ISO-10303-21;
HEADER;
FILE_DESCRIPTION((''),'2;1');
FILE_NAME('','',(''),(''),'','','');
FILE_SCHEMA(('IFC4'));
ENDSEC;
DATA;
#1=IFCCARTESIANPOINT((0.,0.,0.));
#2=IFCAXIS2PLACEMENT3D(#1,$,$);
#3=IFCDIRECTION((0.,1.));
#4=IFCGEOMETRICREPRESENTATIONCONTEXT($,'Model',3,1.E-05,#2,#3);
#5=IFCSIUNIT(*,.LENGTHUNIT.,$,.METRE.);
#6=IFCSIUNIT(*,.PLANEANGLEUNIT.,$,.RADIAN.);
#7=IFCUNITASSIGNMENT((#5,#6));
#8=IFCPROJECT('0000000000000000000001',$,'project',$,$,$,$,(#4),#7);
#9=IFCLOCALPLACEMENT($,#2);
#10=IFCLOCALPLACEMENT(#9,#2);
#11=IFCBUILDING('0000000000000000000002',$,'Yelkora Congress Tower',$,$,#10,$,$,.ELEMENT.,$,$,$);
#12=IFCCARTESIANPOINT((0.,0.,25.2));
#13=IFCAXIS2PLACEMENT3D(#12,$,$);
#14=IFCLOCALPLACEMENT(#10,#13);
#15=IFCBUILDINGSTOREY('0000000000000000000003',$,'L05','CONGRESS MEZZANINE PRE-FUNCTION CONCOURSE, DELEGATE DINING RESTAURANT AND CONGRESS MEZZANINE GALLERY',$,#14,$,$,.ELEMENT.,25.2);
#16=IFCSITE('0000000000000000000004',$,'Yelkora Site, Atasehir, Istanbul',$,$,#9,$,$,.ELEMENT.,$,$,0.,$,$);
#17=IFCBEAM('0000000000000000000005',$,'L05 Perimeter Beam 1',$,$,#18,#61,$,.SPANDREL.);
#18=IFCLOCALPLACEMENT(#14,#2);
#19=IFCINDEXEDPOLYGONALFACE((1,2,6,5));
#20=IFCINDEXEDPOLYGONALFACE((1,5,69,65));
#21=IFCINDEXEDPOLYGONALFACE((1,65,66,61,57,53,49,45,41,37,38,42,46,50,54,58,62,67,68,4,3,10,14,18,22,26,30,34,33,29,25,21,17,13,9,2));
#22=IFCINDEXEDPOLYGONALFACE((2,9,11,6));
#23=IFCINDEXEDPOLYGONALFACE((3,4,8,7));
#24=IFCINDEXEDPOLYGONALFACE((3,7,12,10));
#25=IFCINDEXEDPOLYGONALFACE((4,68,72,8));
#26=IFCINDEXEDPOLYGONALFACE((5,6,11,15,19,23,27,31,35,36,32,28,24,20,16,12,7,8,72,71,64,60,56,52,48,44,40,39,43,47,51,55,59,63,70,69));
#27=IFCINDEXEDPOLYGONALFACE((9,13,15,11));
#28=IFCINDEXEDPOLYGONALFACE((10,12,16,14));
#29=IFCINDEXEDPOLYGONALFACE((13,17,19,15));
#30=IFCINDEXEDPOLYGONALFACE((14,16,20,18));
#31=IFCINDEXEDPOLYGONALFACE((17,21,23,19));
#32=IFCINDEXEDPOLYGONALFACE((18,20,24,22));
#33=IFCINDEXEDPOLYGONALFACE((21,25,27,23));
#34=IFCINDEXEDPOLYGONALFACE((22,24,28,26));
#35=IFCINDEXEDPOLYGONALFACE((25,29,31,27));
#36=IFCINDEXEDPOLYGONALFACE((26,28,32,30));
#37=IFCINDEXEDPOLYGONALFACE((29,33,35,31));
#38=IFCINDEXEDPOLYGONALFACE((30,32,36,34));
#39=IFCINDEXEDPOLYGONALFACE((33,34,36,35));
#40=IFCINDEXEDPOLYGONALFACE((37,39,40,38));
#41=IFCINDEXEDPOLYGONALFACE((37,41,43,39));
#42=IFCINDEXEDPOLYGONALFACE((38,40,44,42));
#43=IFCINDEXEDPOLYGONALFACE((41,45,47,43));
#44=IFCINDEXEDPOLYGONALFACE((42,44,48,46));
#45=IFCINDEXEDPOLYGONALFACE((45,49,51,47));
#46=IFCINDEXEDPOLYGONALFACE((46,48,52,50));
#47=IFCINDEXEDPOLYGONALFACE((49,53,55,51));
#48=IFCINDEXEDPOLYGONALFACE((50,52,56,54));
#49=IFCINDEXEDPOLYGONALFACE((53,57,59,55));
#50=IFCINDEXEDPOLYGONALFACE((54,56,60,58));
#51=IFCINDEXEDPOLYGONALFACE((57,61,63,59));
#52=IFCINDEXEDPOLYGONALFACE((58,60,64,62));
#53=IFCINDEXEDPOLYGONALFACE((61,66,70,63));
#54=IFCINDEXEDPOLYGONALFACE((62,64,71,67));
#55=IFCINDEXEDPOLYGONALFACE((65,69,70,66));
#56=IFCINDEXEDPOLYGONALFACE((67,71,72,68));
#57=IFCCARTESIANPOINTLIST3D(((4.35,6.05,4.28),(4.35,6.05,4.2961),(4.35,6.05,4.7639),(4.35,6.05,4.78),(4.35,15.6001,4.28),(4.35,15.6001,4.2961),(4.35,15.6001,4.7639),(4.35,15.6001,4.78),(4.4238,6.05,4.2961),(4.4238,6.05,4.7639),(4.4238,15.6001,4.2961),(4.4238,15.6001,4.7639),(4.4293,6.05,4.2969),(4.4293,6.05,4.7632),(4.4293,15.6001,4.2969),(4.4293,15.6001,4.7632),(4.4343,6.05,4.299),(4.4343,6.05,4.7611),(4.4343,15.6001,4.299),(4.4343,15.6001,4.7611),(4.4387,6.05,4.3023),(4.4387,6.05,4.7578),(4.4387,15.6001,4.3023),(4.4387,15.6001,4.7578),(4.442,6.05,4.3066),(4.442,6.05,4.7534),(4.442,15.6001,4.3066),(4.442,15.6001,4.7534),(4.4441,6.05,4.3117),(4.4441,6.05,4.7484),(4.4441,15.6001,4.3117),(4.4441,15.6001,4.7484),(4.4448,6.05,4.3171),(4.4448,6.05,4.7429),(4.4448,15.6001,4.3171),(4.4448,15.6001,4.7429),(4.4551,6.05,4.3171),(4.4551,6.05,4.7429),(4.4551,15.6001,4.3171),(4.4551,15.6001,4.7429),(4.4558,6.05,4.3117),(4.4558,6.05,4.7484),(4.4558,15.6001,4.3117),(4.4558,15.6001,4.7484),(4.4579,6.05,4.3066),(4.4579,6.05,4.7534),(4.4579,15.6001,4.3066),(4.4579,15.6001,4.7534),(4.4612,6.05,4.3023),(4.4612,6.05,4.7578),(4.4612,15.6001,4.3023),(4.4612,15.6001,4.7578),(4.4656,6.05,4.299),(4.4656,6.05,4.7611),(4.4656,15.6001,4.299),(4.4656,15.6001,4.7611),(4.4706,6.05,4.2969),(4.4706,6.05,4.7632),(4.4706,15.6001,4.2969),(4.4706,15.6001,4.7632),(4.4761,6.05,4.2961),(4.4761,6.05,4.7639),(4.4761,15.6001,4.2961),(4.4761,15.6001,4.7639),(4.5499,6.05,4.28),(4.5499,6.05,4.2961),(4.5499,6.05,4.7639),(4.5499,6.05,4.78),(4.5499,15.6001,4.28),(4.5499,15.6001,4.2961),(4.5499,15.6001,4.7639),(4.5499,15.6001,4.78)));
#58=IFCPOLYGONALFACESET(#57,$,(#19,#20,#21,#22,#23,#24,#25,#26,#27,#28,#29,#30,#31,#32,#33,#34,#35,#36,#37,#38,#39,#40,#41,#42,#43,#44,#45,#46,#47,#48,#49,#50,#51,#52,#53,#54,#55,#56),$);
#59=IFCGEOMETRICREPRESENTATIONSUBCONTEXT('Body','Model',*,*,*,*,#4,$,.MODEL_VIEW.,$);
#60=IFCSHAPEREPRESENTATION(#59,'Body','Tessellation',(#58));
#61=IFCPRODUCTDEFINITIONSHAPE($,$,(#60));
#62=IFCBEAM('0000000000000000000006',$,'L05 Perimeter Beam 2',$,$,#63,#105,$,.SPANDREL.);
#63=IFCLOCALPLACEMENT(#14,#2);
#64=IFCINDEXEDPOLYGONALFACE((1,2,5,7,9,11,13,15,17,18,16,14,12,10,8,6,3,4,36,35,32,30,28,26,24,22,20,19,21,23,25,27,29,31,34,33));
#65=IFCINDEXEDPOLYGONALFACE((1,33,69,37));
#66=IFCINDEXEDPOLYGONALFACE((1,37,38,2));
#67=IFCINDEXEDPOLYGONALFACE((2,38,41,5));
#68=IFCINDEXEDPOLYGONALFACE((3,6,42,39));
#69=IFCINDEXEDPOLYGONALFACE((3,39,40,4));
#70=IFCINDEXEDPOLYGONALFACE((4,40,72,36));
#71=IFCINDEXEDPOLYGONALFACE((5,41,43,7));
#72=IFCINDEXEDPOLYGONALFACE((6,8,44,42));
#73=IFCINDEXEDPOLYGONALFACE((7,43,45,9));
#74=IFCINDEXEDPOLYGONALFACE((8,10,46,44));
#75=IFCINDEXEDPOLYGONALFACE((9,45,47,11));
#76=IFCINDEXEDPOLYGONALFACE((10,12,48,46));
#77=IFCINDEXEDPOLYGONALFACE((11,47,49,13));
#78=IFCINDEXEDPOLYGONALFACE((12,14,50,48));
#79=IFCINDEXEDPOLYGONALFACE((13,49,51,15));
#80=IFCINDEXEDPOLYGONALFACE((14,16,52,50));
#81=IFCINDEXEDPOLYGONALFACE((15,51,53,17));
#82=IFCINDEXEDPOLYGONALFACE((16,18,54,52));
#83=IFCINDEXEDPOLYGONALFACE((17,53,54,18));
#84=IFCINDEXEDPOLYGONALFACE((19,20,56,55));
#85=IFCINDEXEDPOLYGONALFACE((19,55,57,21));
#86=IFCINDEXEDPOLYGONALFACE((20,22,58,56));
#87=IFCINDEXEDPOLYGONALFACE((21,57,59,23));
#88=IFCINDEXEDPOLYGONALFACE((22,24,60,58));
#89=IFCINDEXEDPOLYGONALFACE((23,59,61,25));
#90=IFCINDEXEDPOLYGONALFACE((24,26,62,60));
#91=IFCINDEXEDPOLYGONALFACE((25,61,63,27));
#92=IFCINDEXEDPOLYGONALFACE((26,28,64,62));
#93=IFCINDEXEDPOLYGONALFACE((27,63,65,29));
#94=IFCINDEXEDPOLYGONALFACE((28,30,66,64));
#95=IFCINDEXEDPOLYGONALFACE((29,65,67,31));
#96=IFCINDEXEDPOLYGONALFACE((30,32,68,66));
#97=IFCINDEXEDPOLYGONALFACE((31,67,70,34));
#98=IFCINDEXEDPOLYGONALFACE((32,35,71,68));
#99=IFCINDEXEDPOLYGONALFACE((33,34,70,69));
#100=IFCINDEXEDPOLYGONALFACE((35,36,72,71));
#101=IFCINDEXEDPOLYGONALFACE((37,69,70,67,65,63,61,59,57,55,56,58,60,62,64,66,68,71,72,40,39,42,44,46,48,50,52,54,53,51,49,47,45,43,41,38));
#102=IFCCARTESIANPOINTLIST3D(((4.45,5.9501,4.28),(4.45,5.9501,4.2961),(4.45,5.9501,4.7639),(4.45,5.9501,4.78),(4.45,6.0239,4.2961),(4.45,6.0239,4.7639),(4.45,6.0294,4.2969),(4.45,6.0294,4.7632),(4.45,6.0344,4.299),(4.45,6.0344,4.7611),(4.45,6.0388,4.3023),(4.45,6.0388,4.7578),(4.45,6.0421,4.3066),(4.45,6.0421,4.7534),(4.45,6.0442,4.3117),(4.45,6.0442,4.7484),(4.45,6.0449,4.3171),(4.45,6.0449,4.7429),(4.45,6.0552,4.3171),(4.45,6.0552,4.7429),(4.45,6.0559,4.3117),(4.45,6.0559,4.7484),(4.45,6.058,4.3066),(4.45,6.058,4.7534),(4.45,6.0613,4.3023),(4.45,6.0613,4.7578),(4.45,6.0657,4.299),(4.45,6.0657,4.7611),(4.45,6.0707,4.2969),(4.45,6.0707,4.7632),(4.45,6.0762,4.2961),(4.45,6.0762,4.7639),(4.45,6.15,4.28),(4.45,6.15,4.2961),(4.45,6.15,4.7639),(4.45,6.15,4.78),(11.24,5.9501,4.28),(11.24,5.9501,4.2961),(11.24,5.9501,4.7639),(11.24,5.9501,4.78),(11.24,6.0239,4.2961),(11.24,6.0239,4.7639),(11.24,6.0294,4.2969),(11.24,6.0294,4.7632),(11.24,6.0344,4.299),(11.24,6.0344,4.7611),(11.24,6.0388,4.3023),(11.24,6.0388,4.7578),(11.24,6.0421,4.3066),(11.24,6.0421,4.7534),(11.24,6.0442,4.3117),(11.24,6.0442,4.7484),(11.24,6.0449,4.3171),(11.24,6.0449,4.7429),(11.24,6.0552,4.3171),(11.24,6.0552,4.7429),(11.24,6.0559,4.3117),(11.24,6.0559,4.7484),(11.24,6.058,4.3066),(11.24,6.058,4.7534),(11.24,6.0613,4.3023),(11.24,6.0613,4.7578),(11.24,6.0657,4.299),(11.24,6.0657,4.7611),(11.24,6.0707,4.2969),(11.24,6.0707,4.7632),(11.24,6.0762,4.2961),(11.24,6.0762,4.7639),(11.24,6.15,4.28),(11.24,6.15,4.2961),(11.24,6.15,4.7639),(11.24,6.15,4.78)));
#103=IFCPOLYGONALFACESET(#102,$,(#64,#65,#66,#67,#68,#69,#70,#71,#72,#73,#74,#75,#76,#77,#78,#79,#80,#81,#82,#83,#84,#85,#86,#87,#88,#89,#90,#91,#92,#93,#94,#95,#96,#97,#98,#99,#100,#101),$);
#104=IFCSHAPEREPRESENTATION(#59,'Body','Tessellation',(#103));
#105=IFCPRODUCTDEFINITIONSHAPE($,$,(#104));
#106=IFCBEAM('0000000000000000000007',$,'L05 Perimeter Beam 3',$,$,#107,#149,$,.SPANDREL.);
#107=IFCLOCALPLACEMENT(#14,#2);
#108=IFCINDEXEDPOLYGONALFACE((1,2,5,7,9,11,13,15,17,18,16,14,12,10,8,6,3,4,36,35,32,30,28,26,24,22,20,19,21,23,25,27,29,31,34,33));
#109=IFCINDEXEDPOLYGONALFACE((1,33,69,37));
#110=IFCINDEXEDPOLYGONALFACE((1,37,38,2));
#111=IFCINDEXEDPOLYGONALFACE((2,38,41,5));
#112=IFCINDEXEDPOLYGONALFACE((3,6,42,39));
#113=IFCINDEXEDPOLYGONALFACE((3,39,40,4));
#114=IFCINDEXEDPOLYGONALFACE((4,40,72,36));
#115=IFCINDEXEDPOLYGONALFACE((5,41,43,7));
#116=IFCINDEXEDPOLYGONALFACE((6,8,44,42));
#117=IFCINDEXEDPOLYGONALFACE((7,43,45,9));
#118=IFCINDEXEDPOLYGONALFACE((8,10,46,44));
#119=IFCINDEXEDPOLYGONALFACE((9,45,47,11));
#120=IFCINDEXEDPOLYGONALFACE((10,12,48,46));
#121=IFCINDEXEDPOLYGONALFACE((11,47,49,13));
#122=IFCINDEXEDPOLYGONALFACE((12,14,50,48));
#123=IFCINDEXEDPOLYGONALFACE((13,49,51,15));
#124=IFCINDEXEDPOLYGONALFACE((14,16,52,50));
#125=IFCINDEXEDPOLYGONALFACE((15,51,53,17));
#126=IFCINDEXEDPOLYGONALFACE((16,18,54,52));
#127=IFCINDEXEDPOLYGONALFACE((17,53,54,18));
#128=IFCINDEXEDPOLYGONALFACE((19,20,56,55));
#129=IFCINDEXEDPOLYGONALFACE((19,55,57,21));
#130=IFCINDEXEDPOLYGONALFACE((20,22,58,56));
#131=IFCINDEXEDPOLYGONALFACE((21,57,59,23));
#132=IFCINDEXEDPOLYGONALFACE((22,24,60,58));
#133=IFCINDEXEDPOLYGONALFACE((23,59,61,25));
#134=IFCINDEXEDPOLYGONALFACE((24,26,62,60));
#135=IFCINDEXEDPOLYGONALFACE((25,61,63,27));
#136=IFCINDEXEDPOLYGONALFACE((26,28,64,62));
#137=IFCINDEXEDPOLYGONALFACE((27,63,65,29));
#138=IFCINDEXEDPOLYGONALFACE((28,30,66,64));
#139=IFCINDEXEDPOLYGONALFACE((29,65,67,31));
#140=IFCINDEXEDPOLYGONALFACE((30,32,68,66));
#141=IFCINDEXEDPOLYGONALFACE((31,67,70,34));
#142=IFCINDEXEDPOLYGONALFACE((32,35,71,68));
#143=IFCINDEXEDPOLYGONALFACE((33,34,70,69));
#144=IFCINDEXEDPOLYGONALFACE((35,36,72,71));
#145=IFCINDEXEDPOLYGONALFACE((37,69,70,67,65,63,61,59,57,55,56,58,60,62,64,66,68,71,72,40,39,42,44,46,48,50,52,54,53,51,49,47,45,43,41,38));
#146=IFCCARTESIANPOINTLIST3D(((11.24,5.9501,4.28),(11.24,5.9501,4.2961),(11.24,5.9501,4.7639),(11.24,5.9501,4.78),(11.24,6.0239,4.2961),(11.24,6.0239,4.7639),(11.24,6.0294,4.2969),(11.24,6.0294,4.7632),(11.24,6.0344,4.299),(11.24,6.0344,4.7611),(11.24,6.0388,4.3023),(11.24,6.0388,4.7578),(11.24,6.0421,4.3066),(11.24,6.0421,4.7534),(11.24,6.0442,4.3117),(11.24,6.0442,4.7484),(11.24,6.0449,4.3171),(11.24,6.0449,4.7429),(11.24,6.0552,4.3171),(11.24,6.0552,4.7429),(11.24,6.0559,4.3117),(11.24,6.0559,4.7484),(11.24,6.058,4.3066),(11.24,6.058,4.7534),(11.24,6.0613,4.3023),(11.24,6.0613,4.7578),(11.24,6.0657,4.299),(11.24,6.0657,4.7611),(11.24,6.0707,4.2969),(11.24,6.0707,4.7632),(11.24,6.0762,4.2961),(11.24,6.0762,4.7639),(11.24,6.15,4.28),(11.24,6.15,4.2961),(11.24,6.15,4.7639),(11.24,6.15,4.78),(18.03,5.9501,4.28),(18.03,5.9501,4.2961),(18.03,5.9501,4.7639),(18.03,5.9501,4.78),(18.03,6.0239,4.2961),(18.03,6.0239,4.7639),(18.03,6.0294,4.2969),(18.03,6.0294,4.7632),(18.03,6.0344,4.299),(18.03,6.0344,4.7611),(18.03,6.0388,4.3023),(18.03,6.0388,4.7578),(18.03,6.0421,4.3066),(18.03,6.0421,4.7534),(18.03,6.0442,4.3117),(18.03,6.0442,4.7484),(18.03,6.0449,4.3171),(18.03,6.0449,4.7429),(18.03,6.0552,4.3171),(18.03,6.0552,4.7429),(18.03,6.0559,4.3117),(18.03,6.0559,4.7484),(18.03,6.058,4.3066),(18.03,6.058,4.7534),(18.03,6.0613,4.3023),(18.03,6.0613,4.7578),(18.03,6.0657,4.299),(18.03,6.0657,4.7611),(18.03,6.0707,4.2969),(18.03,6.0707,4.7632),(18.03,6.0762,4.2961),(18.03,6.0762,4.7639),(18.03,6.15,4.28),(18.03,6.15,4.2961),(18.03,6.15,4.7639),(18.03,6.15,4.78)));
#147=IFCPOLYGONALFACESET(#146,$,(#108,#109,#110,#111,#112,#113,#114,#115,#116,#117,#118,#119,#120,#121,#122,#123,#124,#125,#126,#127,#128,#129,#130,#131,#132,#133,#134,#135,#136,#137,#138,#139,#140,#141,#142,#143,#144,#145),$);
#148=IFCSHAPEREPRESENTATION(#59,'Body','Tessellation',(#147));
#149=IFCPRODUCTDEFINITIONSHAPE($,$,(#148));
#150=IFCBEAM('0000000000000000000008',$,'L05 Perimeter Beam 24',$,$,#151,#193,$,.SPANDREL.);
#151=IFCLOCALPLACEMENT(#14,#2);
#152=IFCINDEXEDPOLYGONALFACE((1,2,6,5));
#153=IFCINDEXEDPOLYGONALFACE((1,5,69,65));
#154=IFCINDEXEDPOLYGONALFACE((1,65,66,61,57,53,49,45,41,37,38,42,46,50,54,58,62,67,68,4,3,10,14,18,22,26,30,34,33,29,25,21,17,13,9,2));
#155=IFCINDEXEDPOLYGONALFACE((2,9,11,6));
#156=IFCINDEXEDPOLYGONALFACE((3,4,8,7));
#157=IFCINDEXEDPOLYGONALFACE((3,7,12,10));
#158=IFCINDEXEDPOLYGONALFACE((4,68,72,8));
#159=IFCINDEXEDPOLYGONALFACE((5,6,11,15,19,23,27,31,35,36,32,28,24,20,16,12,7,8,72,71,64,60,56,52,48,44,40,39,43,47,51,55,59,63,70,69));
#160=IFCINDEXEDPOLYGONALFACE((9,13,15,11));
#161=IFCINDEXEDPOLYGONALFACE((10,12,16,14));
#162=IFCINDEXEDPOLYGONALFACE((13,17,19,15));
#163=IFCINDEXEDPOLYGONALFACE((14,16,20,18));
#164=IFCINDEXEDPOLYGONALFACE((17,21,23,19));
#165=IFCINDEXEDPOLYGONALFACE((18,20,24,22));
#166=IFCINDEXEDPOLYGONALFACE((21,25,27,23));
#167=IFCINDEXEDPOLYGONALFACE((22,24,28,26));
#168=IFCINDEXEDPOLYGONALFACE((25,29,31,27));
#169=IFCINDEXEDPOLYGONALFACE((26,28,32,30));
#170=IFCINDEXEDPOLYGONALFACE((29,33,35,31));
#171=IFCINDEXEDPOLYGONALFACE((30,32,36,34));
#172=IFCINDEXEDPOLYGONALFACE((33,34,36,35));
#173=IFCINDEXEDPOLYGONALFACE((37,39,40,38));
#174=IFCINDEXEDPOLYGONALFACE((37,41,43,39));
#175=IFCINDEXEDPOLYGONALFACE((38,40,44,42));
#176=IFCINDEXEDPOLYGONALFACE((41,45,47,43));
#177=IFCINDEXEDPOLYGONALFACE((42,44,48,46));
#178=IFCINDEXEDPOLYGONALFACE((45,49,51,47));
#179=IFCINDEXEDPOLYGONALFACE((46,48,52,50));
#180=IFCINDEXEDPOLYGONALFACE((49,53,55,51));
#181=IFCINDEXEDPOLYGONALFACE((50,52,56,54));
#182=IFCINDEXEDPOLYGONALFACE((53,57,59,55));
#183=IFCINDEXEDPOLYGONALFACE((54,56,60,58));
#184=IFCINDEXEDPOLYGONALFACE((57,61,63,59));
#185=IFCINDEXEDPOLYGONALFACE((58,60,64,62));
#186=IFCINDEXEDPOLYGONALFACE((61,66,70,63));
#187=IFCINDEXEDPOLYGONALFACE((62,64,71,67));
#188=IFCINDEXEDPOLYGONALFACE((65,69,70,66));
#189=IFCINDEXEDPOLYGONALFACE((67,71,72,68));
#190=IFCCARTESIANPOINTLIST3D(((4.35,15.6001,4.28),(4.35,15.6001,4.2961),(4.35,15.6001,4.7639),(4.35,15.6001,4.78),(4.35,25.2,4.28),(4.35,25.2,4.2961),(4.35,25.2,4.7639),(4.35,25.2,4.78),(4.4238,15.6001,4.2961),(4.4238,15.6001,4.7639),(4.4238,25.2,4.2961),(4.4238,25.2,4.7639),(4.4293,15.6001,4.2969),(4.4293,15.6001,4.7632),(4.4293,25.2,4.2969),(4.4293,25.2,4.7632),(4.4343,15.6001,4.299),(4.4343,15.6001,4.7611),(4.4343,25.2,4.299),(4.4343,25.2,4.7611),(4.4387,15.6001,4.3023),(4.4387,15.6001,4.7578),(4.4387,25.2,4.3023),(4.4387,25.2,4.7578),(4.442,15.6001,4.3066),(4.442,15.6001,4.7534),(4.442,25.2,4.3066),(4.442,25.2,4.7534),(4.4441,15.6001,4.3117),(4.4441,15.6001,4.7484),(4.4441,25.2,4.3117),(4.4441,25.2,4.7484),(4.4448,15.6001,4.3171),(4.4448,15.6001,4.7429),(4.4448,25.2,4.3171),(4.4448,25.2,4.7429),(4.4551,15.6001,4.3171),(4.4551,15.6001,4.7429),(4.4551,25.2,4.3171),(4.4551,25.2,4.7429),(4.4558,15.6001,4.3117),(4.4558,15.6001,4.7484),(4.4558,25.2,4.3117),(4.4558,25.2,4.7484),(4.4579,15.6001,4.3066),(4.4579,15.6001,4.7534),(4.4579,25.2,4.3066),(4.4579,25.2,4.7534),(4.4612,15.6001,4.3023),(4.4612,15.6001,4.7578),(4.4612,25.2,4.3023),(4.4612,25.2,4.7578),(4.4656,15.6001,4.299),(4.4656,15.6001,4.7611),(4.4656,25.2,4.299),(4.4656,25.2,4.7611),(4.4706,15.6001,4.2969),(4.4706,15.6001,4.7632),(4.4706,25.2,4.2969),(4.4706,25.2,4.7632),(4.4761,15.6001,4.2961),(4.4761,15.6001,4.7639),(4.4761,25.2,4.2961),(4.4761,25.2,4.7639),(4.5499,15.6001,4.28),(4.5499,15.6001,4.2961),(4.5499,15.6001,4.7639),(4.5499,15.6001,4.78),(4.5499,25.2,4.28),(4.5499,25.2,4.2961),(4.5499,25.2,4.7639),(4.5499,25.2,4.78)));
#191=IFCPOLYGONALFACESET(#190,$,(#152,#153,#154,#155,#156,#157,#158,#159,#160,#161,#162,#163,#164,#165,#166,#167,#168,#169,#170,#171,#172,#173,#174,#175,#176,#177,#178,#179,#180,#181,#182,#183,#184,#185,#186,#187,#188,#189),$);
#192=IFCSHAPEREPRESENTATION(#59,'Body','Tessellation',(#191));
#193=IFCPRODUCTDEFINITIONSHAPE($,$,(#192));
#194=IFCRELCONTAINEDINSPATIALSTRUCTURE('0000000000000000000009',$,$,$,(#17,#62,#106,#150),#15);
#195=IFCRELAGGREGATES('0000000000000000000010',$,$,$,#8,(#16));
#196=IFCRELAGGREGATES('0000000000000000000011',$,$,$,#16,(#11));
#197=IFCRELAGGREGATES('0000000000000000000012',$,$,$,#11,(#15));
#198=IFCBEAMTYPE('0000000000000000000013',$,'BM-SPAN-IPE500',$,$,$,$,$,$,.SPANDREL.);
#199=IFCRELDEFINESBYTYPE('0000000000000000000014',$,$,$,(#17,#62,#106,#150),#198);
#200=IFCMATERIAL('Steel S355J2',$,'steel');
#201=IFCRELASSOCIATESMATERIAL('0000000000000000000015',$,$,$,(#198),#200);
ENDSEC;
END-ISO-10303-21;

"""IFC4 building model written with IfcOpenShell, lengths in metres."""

from ifc_helpers import new_model, si_unit, direction, frame, origin, origin_2d, place, context, subcontext, project, spatial, i_section, extrude, material, material_profile, profile_set, type_object, element, save


model = new_model("IFC4")

# Units and contexts
model_context = context("Model", 3, precision=1e-05, world=origin(), true_north=direction((0.0, 1.0)))
body_context = subcontext(model_context, "Body", "Model", "MODEL_VIEW")
ifc_project = project(units=[si_unit("LENGTHUNIT", "METRE"), si_unit("PLANEANGLEUNIT", "RADIAN")], contexts=[model_context])

# Site, building, storey
site_placement = place(None, origin())
site = spatial("IfcSite", under=ifc_project, at=site_placement, Name="Yelkora Site, Atasehir, Istanbul", CompositionType="ELEMENT", RefElevation=0.0)
building_placement = place(site_placement, origin())
building = spatial("IfcBuilding", under=site, at=building_placement, Name="Yelkora Congress Tower", CompositionType="ELEMENT")
storey_placement = place(building_placement, frame((0.0, 0.0, 25.2)))
storey = spatial("IfcBuildingStorey", under=building, at=storey_placement, Name="L05", Description="CONGRESS MEZZANINE PRE-FUNCTION CONCOURSE, DELEGATE DINING RESTAURANT AND CONGRESS MEZZANINE GALLERY", CompositionType="ELEMENT", Elevation=25.2)

# Beams
ifc_material_1 = material(Name="Steel S355J2", Category="steel")
ifc_material_profile_1 = material_profile(ifc_material_1, i_section(OverallWidth=0.2, OverallDepth=0.5, WebThickness=0.0103, FlangeThickness=0.0161, FilletRadius=0.021, at=origin_2d()), Name="IPE 500")
ifc_profile_set_1 = profile_set([ifc_material_profile_1], Name="Steel S355J2")
beam_type_1 = type_object("IfcBeamType", Name="BM-SPAN-IPE500", PredefinedType="SPANDREL", material=ifc_profile_set_1)
beam_1_placement = place(storey_placement, frame((4.45, 15.6001, 4.53), z_axis=(0.0, -1.0, 0.0), x_axis=(1.0, 0.0, 0.0)))
element("IfcBeam", 1, at=beam_1_placement, inside=storey, type_object=beam_type_1, Name="L05 Perimeter Beam 1", PredefinedType="SPANDREL", context=body_context, shape_type="SweptSolid", body=[
    extrude(i_section(OverallWidth=0.2, OverallDepth=0.5, WebThickness=0.0103, FlangeThickness=0.0161, FilletRadius=0.021, at=origin_2d()), origin(), (0.0, 0.0, 1.0), 9.55),
])
for number, where, z_axis, x_axis, name in (
    (2, (4.45, 6.05, 4.53), (1.0, 0.0, 0.0), (0.0, 1.0, 0.0), "L05 Perimeter Beam 2"),
    (3, (11.24, 6.05, 4.53), (1.0, 0.0, 0.0), (0.0, 1.0, 0.0), "L05 Perimeter Beam 3"),
):
    element("IfcBeam", number, at=place(storey_placement, frame(where, z_axis=z_axis, x_axis=x_axis)), inside=storey, type_object=beam_type_1, Name=name, PredefinedType="SPANDREL", context=body_context, shape_type="SweptSolid", body=[
        extrude(i_section(OverallWidth=0.2, OverallDepth=0.5, WebThickness=0.0103, FlangeThickness=0.0161, FilletRadius=0.021, at=origin_2d()), origin(), (0.0, 0.0, 1.0), 6.79),
    ])
beam_2_placement = place(storey_placement, frame((4.45, 25.2, 4.53), z_axis=(0.0, -1.0, 0.0), x_axis=(1.0, 0.0, 0.0)))
element("IfcBeam", 4, at=beam_2_placement, inside=storey, type_object=beam_type_1, Name="L05 Perimeter Beam 24", PredefinedType="SPANDREL", context=body_context, shape_type="SweptSolid", body=[
    extrude(i_section(OverallWidth=0.2, OverallDepth=0.5, WebThickness=0.0103, FlangeThickness=0.0161, FilletRadius=0.021, at=origin_2d()), origin(), (0.0, 0.0, 1.0), 9.5999),
])

save(model, "model.ifc")
